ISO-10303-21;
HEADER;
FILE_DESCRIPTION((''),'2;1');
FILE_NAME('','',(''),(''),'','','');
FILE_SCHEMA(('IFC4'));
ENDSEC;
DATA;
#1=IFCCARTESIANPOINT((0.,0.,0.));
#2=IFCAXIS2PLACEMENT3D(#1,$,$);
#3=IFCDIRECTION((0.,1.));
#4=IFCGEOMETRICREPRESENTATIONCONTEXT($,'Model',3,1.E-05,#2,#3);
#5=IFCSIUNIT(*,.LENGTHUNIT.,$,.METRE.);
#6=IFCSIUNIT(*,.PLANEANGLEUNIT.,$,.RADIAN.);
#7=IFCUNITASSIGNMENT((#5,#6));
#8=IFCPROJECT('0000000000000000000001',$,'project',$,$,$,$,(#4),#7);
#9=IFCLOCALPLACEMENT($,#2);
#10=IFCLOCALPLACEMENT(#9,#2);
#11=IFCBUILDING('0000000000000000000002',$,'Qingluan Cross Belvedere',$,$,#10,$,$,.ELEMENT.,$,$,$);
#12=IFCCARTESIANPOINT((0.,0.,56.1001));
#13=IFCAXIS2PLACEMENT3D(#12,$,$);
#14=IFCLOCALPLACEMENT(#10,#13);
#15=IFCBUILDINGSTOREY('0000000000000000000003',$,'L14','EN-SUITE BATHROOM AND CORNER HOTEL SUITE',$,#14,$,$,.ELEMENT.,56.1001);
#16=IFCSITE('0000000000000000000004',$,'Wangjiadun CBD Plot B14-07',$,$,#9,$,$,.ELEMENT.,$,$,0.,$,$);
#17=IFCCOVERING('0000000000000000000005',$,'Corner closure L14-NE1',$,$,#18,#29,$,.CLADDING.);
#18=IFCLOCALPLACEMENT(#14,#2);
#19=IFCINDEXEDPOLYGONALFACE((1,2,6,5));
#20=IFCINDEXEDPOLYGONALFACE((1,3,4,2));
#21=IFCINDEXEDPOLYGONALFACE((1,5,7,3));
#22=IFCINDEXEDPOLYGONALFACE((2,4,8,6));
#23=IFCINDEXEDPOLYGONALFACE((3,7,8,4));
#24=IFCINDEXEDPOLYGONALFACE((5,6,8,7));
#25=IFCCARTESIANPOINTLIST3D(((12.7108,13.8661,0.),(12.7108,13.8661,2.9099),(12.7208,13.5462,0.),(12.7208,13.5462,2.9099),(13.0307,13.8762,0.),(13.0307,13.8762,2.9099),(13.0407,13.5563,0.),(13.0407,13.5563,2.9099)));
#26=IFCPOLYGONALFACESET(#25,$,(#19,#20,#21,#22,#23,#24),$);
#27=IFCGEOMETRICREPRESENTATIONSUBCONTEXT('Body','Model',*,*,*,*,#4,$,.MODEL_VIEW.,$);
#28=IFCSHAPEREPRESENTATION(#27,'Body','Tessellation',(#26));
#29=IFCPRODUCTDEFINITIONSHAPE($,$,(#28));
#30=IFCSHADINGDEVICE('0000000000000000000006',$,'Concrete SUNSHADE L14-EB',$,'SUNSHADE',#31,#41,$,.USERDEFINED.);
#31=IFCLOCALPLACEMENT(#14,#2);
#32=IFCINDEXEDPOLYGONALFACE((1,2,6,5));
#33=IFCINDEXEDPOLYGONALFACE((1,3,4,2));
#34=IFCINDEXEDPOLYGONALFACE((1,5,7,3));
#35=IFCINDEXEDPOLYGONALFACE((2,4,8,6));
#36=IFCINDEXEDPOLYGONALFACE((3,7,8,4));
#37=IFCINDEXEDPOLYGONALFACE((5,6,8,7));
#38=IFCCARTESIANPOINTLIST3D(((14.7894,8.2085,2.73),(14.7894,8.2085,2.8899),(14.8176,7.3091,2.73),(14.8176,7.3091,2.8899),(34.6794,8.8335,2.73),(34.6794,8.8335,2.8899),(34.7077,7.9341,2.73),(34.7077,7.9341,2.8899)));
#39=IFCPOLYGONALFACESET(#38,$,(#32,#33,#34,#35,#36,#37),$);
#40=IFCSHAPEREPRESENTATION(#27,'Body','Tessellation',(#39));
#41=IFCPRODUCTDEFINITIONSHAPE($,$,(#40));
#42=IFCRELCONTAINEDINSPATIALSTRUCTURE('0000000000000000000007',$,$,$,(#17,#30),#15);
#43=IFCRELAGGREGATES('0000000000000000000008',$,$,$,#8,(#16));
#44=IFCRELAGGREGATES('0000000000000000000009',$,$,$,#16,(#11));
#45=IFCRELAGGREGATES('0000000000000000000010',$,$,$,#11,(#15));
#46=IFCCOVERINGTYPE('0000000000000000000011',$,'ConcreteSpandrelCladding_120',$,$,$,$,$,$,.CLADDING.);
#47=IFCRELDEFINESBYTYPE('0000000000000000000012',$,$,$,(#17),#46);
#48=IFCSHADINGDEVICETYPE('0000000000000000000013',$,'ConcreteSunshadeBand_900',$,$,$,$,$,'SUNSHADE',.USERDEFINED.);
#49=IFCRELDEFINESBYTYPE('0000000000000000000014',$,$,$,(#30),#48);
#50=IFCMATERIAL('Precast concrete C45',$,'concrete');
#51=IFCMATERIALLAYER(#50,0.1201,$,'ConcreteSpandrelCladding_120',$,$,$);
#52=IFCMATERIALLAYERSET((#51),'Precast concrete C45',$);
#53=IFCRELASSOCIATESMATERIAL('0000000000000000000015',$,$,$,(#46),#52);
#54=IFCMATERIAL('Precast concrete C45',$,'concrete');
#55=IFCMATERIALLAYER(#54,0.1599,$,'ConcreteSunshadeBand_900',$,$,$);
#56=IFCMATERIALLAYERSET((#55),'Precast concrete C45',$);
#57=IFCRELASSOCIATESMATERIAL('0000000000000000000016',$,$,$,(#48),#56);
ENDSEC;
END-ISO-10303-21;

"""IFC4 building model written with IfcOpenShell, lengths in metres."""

from ifc_helpers import new_model, si_unit, direction, frame, origin, origin_2d, place, context, subcontext, project, spatial, rectangle, extrude, material, layer, layer_set, type_object, element, save


model = new_model("IFC4")

# Units and contexts
model_context = context("Model", 3, precision=1e-05, world=origin(), true_north=direction((0.0, 1.0)))
body_context = subcontext(model_context, "Body", "Model", "MODEL_VIEW")
ifc_project = project(units=[si_unit("LENGTHUNIT", "METRE"), si_unit("PLANEANGLEUNIT", "RADIAN")], contexts=[model_context])

# Site, building, storey
site_placement = place(None, origin())
site = spatial("IfcSite", under=ifc_project, at=site_placement, Name="Wangjiadun CBD Plot B14-07", CompositionType="ELEMENT", RefElevation=0.0)
building_placement = place(site_placement, origin())
building = spatial("IfcBuilding", under=site, at=building_placement, Name="Qingluan Cross Belvedere", CompositionType="ELEMENT")
storey_placement = place(building_placement, frame((0.0, 0.0, 56.1001)))
storey = spatial("IfcBuildingStorey", under=building, at=storey_placement, Name="L14", Description="EN-SUITE BATHROOM AND CORNER HOTEL SUITE", CompositionType="ELEMENT", Elevation=56.1001)

# Covering
ifc_material_1 = material(Name="Precast concrete C45", Category="concrete")
ifc_layer_1 = layer(ifc_material_1, 0.1201, Name="ConcreteSpandrelCladding_120")
ifc_layer_set_1 = layer_set([ifc_layer_1], Name="Precast concrete C45")
covering_type = type_object("IfcCoveringType", Name="ConcreteSpandrelCladding_120", PredefinedType="CLADDING", material=ifc_layer_set_1)
covering_1_placement = place(storey_placement, frame((12.8757, 13.7112, 0.0), z_axis=(0.0, 0.0, 1.0), x_axis=(0.999507, 0.031411, 0.0)))
element("IfcCovering", 1, at=covering_1_placement, inside=storey, type_object=covering_type, Name="Corner closure L14-NE1", PredefinedType="CLADDING", context=body_context, shape_type="SweptSolid", body=[
    extrude(rectangle(XDim=0.3201, YDim=0.3201, at=origin_2d()), origin(), (0.0, 0.0, 1.0), 2.9099),
])

# Shading device
ifc_material_2 = material(Name="Precast concrete C45", Category="concrete")
ifc_layer_2 = layer(ifc_material_2, 0.1599, Name="ConcreteSunshadeBand_900")
ifc_layer_set_2 = layer_set([ifc_layer_2], Name="Precast concrete C45")
shading_device_type = type_object("IfcShadingDeviceType", Name="ConcreteSunshadeBand_900", ElementType="SUNSHADE", PredefinedType="USERDEFINED", material=ifc_layer_set_2)
shading_device_placement = place(storey_placement, frame((24.7485, 8.0713, 2.73), z_axis=(0.0, 0.0, 1.0), x_axis=(-0.999507, -0.031408, 0.0)))
element("IfcShadingDevice", 2, at=shading_device_placement, inside=storey, type_object=shading_device_type, Name="Concrete SUNSHADE L14-EB", ObjectType="SUNSHADE", PredefinedType="USERDEFINED", context=body_context, shape_type="SweptSolid", body=[
    extrude(rectangle(XDim=19.8999, YDim=0.8999, at=origin_2d()), origin(), (0.0, 0.0, 1.0), 0.1599),
])

save(model, "model.ifc")
